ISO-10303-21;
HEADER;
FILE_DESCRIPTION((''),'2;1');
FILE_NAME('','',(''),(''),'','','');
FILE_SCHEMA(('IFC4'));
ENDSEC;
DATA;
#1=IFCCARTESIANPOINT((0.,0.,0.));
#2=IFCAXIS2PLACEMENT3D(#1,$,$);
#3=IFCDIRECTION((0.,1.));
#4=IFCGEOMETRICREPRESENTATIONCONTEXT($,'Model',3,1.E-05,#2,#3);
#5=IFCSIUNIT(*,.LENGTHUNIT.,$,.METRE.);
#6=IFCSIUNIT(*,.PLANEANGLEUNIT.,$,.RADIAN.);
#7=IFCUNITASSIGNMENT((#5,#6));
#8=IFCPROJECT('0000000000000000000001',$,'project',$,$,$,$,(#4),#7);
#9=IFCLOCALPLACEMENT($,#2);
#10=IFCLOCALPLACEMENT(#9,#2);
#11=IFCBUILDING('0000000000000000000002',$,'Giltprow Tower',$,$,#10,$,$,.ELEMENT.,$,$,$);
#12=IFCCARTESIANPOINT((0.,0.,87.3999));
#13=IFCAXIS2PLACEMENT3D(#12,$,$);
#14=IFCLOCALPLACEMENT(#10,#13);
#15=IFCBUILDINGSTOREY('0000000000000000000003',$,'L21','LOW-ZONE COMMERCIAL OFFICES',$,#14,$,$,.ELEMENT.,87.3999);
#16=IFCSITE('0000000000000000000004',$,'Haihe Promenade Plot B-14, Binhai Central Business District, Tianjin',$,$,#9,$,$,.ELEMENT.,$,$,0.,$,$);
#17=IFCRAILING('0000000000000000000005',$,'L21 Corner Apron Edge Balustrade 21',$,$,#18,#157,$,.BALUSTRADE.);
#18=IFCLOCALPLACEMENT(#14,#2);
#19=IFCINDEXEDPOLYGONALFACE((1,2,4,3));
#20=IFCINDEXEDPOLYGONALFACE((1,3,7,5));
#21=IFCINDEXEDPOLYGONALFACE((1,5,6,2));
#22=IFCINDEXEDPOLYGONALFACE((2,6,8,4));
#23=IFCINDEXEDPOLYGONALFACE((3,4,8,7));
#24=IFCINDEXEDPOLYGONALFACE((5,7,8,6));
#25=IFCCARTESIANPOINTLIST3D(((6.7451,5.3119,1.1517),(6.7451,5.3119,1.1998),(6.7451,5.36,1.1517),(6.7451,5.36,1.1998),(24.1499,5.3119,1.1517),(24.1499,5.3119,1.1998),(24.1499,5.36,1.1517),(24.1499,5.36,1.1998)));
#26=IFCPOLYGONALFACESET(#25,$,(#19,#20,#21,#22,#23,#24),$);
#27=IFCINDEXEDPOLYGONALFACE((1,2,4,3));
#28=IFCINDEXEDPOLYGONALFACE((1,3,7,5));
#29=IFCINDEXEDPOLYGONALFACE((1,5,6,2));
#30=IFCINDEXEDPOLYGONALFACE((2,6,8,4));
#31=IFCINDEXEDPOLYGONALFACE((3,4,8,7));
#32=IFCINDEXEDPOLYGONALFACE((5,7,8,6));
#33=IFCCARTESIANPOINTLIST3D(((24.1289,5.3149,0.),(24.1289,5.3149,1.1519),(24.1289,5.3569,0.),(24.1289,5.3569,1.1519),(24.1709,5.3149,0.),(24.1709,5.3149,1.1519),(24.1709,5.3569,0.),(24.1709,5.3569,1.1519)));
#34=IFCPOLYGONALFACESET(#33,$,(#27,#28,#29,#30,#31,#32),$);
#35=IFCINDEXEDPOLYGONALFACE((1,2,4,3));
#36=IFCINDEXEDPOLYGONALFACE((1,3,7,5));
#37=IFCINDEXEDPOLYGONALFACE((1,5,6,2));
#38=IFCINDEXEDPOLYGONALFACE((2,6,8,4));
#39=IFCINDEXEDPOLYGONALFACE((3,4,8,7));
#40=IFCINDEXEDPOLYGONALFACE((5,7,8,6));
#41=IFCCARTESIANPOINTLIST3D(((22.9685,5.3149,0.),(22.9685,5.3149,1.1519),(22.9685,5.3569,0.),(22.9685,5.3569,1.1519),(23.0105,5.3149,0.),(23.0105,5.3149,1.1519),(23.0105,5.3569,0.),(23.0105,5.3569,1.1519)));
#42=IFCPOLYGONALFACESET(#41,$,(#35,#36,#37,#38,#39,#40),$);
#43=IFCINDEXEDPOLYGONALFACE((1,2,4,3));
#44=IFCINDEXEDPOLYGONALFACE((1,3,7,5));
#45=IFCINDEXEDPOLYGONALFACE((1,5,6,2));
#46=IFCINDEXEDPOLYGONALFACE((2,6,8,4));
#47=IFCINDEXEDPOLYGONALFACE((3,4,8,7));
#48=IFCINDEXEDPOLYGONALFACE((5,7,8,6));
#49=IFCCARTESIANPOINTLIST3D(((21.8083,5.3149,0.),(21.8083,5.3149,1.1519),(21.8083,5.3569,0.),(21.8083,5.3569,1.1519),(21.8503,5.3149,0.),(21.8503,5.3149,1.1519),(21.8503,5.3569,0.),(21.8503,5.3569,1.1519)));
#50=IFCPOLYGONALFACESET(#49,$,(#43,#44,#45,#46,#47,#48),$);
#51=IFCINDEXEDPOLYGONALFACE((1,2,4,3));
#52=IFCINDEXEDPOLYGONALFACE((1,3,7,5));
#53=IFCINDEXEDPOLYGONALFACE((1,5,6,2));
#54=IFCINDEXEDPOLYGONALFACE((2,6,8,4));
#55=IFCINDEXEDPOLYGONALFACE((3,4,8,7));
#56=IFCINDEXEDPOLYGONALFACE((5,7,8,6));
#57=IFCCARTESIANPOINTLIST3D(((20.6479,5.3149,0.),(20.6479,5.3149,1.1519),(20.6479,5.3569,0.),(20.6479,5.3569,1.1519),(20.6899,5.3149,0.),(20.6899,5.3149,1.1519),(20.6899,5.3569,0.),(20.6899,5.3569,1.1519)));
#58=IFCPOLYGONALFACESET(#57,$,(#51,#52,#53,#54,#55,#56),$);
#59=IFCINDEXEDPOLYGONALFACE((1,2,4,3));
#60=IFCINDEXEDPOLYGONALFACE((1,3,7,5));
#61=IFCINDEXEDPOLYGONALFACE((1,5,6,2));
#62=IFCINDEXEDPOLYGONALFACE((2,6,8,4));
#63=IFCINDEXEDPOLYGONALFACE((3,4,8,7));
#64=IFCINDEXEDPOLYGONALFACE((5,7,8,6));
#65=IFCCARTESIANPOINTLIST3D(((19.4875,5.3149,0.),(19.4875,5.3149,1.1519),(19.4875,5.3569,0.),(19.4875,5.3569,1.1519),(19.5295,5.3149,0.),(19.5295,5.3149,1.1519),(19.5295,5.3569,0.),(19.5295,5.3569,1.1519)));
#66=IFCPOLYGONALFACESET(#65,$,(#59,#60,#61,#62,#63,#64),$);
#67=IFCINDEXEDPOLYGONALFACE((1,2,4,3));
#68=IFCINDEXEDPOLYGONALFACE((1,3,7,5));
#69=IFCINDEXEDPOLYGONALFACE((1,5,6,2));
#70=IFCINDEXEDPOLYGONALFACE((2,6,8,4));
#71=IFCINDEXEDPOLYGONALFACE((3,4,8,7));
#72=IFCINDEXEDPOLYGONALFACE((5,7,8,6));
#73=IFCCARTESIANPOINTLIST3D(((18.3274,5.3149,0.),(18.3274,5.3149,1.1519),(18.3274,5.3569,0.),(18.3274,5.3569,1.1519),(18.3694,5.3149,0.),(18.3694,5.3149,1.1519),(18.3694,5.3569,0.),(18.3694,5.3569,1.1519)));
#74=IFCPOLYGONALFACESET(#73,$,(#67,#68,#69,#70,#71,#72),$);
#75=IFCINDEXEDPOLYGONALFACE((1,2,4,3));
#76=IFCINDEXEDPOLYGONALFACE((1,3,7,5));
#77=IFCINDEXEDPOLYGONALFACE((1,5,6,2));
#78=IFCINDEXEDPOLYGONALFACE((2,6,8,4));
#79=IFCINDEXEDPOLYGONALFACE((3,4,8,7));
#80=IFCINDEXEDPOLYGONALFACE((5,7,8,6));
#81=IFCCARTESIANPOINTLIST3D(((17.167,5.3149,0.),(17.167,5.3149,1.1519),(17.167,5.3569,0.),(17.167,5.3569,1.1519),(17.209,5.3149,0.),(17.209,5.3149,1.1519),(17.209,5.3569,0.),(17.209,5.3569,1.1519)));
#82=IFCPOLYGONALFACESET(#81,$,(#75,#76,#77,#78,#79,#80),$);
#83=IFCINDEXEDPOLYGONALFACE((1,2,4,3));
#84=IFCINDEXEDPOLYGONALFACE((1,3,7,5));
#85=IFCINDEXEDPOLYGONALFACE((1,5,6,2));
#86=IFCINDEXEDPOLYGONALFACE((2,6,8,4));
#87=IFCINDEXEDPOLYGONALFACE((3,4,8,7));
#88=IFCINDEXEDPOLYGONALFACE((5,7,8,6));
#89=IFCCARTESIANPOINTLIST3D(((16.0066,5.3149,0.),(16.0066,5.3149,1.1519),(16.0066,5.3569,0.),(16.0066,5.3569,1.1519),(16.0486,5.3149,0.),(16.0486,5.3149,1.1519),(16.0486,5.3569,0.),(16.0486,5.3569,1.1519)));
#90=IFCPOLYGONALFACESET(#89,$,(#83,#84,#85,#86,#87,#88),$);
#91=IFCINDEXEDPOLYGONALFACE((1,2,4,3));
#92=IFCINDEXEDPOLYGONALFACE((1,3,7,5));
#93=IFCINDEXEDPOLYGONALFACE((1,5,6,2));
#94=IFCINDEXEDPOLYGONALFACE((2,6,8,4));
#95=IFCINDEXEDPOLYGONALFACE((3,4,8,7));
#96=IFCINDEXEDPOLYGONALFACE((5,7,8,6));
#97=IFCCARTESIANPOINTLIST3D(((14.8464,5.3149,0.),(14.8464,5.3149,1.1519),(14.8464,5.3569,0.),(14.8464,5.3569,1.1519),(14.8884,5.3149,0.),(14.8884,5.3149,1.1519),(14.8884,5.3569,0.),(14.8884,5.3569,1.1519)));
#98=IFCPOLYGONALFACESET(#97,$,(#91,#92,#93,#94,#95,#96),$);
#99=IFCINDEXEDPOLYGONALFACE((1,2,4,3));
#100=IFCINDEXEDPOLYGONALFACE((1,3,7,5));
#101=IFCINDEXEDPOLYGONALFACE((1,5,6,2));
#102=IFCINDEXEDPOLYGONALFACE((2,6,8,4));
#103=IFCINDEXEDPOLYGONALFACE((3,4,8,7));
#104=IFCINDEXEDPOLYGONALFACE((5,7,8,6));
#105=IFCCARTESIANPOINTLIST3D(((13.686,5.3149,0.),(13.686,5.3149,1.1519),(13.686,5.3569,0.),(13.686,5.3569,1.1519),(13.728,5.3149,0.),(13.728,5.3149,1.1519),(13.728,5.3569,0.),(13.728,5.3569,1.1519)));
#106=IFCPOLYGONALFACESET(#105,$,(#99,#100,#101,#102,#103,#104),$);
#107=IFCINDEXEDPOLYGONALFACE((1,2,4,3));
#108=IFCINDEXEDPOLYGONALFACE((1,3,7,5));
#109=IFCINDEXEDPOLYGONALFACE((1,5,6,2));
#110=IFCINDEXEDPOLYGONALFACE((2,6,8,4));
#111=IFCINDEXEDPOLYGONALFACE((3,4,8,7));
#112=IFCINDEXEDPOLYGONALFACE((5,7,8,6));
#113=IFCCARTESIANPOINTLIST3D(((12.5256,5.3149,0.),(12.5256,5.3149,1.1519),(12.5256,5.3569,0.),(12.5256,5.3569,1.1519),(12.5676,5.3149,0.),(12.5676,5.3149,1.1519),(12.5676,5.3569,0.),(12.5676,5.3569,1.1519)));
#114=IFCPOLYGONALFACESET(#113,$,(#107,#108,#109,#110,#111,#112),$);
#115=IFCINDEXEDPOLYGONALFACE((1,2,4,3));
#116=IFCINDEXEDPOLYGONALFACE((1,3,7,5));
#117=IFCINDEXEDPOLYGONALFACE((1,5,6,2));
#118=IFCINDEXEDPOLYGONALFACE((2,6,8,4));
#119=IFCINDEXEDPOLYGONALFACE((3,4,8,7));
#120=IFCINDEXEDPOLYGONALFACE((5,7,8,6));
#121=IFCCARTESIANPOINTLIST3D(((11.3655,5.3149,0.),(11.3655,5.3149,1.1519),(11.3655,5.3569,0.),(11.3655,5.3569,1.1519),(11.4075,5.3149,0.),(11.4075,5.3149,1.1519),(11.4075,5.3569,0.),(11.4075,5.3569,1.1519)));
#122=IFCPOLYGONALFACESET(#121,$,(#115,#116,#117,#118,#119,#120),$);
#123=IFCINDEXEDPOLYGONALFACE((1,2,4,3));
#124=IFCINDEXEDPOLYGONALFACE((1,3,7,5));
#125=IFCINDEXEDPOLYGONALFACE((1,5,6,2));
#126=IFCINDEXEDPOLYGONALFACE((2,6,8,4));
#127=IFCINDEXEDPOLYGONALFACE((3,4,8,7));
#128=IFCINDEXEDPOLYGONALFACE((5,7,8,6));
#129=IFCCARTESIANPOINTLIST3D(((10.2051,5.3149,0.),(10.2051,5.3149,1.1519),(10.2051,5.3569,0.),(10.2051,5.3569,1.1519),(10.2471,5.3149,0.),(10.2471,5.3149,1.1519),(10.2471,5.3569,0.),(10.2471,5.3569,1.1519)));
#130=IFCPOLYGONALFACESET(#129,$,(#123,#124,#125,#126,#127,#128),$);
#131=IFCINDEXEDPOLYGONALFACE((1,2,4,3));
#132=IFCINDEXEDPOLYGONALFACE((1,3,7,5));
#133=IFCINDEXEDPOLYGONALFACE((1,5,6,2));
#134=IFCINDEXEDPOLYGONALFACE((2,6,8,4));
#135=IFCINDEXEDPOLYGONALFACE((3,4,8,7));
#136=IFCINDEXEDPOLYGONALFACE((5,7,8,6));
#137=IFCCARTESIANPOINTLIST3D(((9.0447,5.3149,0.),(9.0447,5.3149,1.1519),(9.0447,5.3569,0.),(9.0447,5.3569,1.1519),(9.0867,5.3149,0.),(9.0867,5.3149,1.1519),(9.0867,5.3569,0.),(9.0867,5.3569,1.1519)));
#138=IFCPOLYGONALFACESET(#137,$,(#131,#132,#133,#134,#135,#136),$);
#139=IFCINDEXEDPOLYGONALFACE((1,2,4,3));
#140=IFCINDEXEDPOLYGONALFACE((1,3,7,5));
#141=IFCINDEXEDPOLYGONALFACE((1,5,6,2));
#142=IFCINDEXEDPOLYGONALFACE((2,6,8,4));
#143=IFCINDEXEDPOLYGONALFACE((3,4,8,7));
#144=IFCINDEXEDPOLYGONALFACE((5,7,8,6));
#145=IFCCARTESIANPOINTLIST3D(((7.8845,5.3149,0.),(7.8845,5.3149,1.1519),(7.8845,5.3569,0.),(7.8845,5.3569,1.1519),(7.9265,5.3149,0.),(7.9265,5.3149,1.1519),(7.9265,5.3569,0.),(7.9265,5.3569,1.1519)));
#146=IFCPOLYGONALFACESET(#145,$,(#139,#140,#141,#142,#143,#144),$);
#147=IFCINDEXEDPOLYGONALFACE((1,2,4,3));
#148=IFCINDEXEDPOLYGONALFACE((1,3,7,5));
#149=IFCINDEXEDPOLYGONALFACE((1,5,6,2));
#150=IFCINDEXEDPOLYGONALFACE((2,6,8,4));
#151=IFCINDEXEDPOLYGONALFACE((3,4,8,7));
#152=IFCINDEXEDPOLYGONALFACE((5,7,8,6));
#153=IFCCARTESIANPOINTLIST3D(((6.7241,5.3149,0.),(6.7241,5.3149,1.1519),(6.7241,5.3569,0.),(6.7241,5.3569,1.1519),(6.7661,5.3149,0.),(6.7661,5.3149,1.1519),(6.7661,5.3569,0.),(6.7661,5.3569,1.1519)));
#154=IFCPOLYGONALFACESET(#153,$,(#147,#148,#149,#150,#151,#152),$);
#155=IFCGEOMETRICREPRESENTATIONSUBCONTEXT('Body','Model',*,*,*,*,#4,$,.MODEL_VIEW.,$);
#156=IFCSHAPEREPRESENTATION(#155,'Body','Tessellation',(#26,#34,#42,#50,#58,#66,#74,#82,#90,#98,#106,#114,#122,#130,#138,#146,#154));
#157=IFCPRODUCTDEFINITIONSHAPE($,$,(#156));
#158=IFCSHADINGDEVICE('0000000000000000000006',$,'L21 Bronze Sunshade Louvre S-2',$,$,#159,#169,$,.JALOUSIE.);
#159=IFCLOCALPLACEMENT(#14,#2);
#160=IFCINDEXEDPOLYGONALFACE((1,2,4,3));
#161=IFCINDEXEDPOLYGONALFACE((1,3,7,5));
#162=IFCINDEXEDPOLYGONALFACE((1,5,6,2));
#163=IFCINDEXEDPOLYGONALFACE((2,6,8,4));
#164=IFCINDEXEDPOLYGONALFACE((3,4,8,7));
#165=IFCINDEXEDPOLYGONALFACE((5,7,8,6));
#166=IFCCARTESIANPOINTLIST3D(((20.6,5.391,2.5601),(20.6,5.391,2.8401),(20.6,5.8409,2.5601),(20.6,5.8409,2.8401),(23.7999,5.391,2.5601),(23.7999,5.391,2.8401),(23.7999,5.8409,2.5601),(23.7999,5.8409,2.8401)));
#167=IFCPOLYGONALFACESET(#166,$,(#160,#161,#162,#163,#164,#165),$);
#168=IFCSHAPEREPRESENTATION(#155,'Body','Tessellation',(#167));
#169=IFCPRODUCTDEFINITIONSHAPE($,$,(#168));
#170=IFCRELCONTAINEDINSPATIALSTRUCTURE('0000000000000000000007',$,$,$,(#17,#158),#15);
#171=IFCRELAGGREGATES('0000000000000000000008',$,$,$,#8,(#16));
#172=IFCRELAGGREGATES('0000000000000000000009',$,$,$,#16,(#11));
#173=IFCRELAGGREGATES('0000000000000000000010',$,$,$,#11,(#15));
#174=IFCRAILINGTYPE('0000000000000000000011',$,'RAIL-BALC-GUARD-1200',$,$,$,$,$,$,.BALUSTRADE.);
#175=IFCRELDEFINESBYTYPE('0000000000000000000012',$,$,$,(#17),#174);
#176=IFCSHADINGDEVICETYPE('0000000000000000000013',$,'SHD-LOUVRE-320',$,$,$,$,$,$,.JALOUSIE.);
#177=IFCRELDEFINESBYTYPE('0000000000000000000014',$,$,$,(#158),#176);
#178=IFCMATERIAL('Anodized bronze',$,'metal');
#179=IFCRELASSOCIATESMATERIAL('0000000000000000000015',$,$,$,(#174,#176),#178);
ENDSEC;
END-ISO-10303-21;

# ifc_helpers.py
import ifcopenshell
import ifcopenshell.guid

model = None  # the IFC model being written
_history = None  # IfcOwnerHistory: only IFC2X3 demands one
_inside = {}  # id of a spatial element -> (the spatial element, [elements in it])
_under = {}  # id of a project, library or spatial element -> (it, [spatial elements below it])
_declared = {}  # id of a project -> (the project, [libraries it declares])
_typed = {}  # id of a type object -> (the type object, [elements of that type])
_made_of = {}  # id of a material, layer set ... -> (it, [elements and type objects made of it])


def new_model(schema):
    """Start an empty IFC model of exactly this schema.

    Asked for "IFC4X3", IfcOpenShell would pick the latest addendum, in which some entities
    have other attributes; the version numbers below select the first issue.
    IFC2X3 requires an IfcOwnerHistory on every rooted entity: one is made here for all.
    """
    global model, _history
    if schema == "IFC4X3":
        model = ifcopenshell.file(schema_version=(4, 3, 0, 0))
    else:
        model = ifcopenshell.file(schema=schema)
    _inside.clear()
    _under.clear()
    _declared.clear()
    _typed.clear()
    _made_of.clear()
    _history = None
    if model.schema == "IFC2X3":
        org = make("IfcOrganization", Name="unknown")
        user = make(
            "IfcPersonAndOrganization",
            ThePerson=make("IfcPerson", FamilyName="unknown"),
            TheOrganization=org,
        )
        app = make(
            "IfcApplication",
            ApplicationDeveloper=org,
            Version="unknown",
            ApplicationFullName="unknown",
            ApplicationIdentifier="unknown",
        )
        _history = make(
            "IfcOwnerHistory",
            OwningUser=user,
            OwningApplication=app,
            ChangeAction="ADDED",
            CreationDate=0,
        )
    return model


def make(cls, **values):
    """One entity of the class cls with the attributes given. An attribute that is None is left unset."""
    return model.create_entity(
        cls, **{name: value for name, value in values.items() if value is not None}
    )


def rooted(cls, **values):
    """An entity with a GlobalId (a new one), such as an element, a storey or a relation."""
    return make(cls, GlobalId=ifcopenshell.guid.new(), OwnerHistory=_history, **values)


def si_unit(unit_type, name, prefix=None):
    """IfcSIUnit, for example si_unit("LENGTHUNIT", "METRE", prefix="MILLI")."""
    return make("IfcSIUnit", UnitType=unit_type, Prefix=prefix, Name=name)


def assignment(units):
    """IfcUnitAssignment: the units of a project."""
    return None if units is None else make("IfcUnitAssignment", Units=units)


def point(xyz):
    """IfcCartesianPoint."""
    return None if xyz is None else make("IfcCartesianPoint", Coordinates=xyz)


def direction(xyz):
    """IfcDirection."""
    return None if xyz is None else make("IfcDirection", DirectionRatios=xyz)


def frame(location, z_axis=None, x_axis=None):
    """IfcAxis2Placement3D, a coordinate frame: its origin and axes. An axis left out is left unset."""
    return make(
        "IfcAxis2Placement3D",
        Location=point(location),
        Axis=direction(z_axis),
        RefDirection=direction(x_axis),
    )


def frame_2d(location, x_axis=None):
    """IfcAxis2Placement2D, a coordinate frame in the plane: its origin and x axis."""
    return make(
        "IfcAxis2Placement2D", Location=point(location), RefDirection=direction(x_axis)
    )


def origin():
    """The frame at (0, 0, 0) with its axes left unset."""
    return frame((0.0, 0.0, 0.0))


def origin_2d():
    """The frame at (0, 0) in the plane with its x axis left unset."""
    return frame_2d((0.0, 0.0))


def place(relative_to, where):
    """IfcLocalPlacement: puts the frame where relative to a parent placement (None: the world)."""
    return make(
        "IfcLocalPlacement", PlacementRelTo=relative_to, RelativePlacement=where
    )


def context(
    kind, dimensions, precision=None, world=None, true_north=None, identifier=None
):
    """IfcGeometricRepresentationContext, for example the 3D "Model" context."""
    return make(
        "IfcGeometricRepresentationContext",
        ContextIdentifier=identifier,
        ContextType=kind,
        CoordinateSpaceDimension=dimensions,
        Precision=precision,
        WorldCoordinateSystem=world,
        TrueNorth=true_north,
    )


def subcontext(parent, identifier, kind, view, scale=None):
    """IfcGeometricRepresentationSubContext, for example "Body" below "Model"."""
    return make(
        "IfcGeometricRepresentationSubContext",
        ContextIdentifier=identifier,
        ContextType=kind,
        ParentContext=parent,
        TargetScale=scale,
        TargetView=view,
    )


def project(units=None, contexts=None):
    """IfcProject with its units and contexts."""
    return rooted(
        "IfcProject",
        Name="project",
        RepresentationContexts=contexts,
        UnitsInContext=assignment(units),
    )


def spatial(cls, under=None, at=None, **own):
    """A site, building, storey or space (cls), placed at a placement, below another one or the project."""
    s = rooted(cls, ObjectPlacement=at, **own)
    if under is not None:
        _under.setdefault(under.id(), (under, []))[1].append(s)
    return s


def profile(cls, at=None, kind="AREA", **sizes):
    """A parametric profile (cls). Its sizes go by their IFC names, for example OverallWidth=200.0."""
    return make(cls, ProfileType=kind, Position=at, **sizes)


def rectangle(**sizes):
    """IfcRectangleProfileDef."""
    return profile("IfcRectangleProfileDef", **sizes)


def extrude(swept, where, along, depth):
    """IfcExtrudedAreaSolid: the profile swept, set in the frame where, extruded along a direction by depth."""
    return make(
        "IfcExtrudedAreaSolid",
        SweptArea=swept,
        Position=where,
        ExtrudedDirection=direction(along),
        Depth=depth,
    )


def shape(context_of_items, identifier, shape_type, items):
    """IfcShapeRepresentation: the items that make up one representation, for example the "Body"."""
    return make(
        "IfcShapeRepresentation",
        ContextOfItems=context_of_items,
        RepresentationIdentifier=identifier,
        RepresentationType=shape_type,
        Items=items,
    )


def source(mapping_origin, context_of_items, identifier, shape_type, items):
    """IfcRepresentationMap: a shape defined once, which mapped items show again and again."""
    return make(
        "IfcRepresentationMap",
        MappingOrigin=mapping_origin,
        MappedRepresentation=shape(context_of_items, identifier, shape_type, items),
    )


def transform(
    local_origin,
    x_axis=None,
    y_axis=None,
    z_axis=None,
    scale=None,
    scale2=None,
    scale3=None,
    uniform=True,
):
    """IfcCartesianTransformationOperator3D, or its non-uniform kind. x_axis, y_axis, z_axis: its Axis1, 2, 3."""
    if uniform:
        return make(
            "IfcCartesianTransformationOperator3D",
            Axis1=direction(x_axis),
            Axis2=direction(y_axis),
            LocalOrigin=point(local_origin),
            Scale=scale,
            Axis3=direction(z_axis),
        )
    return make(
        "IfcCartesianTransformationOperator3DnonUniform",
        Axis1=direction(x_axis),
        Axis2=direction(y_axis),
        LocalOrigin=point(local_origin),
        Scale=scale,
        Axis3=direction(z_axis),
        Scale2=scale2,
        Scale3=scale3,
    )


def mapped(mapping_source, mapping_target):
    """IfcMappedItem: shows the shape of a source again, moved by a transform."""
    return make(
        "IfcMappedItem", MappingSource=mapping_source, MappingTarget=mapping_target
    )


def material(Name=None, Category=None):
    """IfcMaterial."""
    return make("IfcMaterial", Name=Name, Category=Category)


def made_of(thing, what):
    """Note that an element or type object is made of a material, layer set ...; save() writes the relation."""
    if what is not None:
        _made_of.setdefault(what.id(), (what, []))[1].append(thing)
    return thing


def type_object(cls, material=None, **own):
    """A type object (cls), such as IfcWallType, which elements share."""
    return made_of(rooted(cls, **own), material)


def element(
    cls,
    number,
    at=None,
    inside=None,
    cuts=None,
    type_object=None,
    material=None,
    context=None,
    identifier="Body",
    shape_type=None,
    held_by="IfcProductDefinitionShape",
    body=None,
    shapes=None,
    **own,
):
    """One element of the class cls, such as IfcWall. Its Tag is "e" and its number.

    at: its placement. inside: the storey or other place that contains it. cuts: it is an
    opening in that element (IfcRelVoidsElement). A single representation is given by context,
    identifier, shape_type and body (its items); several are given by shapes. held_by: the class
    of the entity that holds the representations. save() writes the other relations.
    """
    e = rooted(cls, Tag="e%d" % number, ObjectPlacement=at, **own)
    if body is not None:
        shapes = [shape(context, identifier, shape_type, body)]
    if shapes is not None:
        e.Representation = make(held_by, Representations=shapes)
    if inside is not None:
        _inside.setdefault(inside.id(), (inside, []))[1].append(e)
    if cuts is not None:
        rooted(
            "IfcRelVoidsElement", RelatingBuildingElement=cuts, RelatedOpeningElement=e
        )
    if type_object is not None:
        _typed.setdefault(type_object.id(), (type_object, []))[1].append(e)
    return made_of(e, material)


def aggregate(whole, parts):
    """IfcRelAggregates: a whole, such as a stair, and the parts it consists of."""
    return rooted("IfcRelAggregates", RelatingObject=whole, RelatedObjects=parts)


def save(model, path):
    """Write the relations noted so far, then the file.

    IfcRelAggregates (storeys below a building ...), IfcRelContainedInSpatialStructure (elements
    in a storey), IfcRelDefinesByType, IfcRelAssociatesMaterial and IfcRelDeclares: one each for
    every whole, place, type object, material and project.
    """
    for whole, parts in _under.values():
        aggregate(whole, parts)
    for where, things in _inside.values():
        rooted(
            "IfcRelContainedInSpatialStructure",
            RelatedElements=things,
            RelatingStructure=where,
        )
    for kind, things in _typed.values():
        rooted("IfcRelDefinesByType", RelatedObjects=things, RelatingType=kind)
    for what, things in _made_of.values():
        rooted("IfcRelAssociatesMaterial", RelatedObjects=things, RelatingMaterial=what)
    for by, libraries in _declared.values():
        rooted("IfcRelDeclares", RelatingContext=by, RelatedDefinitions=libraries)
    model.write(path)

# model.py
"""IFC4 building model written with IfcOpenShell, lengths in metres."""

from ifc_helpers import new_model, si_unit, direction, frame, origin, origin_2d, place, context, subcontext, project, spatial, rectangle, extrude, source, transform, mapped, material, type_object, element, save


model = new_model("IFC4")

# Units and contexts
model_context = context("Model", 3, precision=1e-05, world=origin(), true_north=direction((0.0, 1.0)))
body_context = subcontext(model_context, "Body", "Model", "MODEL_VIEW")
ifc_project = project(units=[si_unit("LENGTHUNIT", "METRE"), si_unit("PLANEANGLEUNIT", "RADIAN")], contexts=[model_context])

# Site, building, storey
site_placement = place(None, origin())
site = spatial("IfcSite", under=ifc_project, at=site_placement, Name="Haihe Promenade Plot B-14, Binhai Central Business District, Tianjin", CompositionType="ELEMENT", RefElevation=0.0)
building_placement = place(site_placement, origin())
building = spatial("IfcBuilding", under=site, at=building_placement, Name="Giltprow Tower", CompositionType="ELEMENT")
storey_placement = place(building_placement, frame((0.0, 0.0, 87.3999)))
storey = spatial("IfcBuildingStorey", under=building, at=storey_placement, Name="L21", Description="LOW-ZONE COMMERCIAL OFFICES", CompositionType="ELEMENT", Elevation=87.3999)

# Shared definitions
ifc_material_1 = material(Name="Anodized bronze", Category="metal")

# Railing
railing_type = type_object("IfcRailingType", Name="RAIL-BALC-GUARD-1200", PredefinedType="BALUSTRADE", material=ifc_material_1)
railing_1_placement = place(storey_placement, frame((24.1499, 5.3359, 0.0)))
element("IfcRailing", 1, at=railing_1_placement, inside=storey, type_object=railing_type, Name="L21 Corner Apron Edge Balustrade 21", PredefinedType="BALUSTRADE", context=body_context, shape_type="SweptSolid", body=[
    extrude(rectangle(XDim=0.0481, YDim=0.0481, at=origin_2d()), frame((0.0, 0.0, 1.1758), z_axis=(-1.0, 0.0, 0.0), x_axis=(0.0, -1.0, 0.0)), (0.0, 0.0, 1.0), 17.4048),
    extrude(rectangle(XDim=0.042, YDim=0.042, at=origin_2d()), origin(), (0.0, 0.0, 1.0), 1.1519),
    extrude(rectangle(XDim=0.042, YDim=0.042, at=origin_2d()), frame((-1.1604, 0.0, 0.0)), (0.0, 0.0, 1.0), 1.1519),
    extrude(rectangle(XDim=0.042, YDim=0.042, at=origin_2d()), frame((-2.3206, 0.0, 0.0)), (0.0, 0.0, 1.0), 1.1519),
    extrude(rectangle(XDim=0.042, YDim=0.042, at=origin_2d()), frame((-3.481, 0.0, 0.0)), (0.0, 0.0, 1.0), 1.1519),
    extrude(rectangle(XDim=0.042, YDim=0.042, at=origin_2d()), frame((-4.6414, 0.0, 0.0)), (0.0, 0.0, 1.0), 1.1519),
    extrude(rectangle(XDim=0.042, YDim=0.042, at=origin_2d()), frame((-5.8015, 0.0, 0.0)), (0.0, 0.0, 1.0), 1.1519),
    extrude(rectangle(XDim=0.042, YDim=0.042, at=origin_2d()), frame((-6.9619, 0.0, 0.0)), (0.0, 0.0, 1.0), 1.1519),
    extrude(rectangle(XDim=0.042, YDim=0.042, at=origin_2d()), frame((-8.1223, 0.0, 0.0)), (0.0, 0.0, 1.0), 1.1519),
    extrude(rectangle(XDim=0.042, YDim=0.042, at=origin_2d()), frame((-9.2825, 0.0, 0.0)), (0.0, 0.0, 1.0), 1.1519),
    extrude(rectangle(XDim=0.042, YDim=0.042, at=origin_2d()), frame((-10.4429, 0.0, 0.0)), (0.0, 0.0, 1.0), 1.1519),
    extrude(rectangle(XDim=0.042, YDim=0.042, at=origin_2d()), frame((-11.6033, 0.0, 0.0)), (0.0, 0.0, 1.0), 1.1519),
    extrude(rectangle(XDim=0.042, YDim=0.042, at=origin_2d()), frame((-12.7634, 0.0, 0.0)), (0.0, 0.0, 1.0), 1.1519),
    extrude(rectangle(XDim=0.042, YDim=0.042, at=origin_2d()), frame((-13.9238, 0.0, 0.0)), (0.0, 0.0, 1.0), 1.1519),
    extrude(rectangle(XDim=0.042, YDim=0.042, at=origin_2d()), frame((-15.0842, 0.0, 0.0)), (0.0, 0.0, 1.0), 1.1519),
    extrude(rectangle(XDim=0.042, YDim=0.042, at=origin_2d()), frame((-16.2444, 0.0, 0.0)), (0.0, 0.0, 1.0), 1.1519),
    extrude(rectangle(XDim=0.042, YDim=0.042, at=origin_2d()), frame((-17.4048, 0.0, 0.0)), (0.0, 0.0, 1.0), 1.1519),
])

# Shading device
shading_device_type = type_object("IfcShadingDeviceType", Name="SHD-LOUVRE-320", PredefinedType="JALOUSIE", material=ifc_material_1)
shared_shape_1 = source(origin(), body_context, "Body", "SweptSolid", [
    extrude(rectangle(XDim=3.2, YDim=0.45, at=origin_2d()), origin(), (0.0, 0.0, 1.0), 0.28),
])
shading_device_placement = place(storey_placement, frame((22.2, 5.616, 2.5601), z_axis=(0.0, 0.0, 1.0), x_axis=(1.0, 0.0, 0.0)))
element("IfcShadingDevice", 2, at=shading_device_placement, inside=storey, type_object=shading_device_type, Name="L21 Bronze Sunshade Louvre S-2", PredefinedType="JALOUSIE", context=body_context, shape_type="MappedRepresentation", body=[
    mapped(shared_shape_1, transform((0.0, 0.0, 0.0), x_axis=(1.0, 0.0, 0.0), y_axis=(0.0, 1.0, 0.0), z_axis=(0.0, 0.0, 1.0), scale=1.0)),
])

save(model, "model.ifc")
